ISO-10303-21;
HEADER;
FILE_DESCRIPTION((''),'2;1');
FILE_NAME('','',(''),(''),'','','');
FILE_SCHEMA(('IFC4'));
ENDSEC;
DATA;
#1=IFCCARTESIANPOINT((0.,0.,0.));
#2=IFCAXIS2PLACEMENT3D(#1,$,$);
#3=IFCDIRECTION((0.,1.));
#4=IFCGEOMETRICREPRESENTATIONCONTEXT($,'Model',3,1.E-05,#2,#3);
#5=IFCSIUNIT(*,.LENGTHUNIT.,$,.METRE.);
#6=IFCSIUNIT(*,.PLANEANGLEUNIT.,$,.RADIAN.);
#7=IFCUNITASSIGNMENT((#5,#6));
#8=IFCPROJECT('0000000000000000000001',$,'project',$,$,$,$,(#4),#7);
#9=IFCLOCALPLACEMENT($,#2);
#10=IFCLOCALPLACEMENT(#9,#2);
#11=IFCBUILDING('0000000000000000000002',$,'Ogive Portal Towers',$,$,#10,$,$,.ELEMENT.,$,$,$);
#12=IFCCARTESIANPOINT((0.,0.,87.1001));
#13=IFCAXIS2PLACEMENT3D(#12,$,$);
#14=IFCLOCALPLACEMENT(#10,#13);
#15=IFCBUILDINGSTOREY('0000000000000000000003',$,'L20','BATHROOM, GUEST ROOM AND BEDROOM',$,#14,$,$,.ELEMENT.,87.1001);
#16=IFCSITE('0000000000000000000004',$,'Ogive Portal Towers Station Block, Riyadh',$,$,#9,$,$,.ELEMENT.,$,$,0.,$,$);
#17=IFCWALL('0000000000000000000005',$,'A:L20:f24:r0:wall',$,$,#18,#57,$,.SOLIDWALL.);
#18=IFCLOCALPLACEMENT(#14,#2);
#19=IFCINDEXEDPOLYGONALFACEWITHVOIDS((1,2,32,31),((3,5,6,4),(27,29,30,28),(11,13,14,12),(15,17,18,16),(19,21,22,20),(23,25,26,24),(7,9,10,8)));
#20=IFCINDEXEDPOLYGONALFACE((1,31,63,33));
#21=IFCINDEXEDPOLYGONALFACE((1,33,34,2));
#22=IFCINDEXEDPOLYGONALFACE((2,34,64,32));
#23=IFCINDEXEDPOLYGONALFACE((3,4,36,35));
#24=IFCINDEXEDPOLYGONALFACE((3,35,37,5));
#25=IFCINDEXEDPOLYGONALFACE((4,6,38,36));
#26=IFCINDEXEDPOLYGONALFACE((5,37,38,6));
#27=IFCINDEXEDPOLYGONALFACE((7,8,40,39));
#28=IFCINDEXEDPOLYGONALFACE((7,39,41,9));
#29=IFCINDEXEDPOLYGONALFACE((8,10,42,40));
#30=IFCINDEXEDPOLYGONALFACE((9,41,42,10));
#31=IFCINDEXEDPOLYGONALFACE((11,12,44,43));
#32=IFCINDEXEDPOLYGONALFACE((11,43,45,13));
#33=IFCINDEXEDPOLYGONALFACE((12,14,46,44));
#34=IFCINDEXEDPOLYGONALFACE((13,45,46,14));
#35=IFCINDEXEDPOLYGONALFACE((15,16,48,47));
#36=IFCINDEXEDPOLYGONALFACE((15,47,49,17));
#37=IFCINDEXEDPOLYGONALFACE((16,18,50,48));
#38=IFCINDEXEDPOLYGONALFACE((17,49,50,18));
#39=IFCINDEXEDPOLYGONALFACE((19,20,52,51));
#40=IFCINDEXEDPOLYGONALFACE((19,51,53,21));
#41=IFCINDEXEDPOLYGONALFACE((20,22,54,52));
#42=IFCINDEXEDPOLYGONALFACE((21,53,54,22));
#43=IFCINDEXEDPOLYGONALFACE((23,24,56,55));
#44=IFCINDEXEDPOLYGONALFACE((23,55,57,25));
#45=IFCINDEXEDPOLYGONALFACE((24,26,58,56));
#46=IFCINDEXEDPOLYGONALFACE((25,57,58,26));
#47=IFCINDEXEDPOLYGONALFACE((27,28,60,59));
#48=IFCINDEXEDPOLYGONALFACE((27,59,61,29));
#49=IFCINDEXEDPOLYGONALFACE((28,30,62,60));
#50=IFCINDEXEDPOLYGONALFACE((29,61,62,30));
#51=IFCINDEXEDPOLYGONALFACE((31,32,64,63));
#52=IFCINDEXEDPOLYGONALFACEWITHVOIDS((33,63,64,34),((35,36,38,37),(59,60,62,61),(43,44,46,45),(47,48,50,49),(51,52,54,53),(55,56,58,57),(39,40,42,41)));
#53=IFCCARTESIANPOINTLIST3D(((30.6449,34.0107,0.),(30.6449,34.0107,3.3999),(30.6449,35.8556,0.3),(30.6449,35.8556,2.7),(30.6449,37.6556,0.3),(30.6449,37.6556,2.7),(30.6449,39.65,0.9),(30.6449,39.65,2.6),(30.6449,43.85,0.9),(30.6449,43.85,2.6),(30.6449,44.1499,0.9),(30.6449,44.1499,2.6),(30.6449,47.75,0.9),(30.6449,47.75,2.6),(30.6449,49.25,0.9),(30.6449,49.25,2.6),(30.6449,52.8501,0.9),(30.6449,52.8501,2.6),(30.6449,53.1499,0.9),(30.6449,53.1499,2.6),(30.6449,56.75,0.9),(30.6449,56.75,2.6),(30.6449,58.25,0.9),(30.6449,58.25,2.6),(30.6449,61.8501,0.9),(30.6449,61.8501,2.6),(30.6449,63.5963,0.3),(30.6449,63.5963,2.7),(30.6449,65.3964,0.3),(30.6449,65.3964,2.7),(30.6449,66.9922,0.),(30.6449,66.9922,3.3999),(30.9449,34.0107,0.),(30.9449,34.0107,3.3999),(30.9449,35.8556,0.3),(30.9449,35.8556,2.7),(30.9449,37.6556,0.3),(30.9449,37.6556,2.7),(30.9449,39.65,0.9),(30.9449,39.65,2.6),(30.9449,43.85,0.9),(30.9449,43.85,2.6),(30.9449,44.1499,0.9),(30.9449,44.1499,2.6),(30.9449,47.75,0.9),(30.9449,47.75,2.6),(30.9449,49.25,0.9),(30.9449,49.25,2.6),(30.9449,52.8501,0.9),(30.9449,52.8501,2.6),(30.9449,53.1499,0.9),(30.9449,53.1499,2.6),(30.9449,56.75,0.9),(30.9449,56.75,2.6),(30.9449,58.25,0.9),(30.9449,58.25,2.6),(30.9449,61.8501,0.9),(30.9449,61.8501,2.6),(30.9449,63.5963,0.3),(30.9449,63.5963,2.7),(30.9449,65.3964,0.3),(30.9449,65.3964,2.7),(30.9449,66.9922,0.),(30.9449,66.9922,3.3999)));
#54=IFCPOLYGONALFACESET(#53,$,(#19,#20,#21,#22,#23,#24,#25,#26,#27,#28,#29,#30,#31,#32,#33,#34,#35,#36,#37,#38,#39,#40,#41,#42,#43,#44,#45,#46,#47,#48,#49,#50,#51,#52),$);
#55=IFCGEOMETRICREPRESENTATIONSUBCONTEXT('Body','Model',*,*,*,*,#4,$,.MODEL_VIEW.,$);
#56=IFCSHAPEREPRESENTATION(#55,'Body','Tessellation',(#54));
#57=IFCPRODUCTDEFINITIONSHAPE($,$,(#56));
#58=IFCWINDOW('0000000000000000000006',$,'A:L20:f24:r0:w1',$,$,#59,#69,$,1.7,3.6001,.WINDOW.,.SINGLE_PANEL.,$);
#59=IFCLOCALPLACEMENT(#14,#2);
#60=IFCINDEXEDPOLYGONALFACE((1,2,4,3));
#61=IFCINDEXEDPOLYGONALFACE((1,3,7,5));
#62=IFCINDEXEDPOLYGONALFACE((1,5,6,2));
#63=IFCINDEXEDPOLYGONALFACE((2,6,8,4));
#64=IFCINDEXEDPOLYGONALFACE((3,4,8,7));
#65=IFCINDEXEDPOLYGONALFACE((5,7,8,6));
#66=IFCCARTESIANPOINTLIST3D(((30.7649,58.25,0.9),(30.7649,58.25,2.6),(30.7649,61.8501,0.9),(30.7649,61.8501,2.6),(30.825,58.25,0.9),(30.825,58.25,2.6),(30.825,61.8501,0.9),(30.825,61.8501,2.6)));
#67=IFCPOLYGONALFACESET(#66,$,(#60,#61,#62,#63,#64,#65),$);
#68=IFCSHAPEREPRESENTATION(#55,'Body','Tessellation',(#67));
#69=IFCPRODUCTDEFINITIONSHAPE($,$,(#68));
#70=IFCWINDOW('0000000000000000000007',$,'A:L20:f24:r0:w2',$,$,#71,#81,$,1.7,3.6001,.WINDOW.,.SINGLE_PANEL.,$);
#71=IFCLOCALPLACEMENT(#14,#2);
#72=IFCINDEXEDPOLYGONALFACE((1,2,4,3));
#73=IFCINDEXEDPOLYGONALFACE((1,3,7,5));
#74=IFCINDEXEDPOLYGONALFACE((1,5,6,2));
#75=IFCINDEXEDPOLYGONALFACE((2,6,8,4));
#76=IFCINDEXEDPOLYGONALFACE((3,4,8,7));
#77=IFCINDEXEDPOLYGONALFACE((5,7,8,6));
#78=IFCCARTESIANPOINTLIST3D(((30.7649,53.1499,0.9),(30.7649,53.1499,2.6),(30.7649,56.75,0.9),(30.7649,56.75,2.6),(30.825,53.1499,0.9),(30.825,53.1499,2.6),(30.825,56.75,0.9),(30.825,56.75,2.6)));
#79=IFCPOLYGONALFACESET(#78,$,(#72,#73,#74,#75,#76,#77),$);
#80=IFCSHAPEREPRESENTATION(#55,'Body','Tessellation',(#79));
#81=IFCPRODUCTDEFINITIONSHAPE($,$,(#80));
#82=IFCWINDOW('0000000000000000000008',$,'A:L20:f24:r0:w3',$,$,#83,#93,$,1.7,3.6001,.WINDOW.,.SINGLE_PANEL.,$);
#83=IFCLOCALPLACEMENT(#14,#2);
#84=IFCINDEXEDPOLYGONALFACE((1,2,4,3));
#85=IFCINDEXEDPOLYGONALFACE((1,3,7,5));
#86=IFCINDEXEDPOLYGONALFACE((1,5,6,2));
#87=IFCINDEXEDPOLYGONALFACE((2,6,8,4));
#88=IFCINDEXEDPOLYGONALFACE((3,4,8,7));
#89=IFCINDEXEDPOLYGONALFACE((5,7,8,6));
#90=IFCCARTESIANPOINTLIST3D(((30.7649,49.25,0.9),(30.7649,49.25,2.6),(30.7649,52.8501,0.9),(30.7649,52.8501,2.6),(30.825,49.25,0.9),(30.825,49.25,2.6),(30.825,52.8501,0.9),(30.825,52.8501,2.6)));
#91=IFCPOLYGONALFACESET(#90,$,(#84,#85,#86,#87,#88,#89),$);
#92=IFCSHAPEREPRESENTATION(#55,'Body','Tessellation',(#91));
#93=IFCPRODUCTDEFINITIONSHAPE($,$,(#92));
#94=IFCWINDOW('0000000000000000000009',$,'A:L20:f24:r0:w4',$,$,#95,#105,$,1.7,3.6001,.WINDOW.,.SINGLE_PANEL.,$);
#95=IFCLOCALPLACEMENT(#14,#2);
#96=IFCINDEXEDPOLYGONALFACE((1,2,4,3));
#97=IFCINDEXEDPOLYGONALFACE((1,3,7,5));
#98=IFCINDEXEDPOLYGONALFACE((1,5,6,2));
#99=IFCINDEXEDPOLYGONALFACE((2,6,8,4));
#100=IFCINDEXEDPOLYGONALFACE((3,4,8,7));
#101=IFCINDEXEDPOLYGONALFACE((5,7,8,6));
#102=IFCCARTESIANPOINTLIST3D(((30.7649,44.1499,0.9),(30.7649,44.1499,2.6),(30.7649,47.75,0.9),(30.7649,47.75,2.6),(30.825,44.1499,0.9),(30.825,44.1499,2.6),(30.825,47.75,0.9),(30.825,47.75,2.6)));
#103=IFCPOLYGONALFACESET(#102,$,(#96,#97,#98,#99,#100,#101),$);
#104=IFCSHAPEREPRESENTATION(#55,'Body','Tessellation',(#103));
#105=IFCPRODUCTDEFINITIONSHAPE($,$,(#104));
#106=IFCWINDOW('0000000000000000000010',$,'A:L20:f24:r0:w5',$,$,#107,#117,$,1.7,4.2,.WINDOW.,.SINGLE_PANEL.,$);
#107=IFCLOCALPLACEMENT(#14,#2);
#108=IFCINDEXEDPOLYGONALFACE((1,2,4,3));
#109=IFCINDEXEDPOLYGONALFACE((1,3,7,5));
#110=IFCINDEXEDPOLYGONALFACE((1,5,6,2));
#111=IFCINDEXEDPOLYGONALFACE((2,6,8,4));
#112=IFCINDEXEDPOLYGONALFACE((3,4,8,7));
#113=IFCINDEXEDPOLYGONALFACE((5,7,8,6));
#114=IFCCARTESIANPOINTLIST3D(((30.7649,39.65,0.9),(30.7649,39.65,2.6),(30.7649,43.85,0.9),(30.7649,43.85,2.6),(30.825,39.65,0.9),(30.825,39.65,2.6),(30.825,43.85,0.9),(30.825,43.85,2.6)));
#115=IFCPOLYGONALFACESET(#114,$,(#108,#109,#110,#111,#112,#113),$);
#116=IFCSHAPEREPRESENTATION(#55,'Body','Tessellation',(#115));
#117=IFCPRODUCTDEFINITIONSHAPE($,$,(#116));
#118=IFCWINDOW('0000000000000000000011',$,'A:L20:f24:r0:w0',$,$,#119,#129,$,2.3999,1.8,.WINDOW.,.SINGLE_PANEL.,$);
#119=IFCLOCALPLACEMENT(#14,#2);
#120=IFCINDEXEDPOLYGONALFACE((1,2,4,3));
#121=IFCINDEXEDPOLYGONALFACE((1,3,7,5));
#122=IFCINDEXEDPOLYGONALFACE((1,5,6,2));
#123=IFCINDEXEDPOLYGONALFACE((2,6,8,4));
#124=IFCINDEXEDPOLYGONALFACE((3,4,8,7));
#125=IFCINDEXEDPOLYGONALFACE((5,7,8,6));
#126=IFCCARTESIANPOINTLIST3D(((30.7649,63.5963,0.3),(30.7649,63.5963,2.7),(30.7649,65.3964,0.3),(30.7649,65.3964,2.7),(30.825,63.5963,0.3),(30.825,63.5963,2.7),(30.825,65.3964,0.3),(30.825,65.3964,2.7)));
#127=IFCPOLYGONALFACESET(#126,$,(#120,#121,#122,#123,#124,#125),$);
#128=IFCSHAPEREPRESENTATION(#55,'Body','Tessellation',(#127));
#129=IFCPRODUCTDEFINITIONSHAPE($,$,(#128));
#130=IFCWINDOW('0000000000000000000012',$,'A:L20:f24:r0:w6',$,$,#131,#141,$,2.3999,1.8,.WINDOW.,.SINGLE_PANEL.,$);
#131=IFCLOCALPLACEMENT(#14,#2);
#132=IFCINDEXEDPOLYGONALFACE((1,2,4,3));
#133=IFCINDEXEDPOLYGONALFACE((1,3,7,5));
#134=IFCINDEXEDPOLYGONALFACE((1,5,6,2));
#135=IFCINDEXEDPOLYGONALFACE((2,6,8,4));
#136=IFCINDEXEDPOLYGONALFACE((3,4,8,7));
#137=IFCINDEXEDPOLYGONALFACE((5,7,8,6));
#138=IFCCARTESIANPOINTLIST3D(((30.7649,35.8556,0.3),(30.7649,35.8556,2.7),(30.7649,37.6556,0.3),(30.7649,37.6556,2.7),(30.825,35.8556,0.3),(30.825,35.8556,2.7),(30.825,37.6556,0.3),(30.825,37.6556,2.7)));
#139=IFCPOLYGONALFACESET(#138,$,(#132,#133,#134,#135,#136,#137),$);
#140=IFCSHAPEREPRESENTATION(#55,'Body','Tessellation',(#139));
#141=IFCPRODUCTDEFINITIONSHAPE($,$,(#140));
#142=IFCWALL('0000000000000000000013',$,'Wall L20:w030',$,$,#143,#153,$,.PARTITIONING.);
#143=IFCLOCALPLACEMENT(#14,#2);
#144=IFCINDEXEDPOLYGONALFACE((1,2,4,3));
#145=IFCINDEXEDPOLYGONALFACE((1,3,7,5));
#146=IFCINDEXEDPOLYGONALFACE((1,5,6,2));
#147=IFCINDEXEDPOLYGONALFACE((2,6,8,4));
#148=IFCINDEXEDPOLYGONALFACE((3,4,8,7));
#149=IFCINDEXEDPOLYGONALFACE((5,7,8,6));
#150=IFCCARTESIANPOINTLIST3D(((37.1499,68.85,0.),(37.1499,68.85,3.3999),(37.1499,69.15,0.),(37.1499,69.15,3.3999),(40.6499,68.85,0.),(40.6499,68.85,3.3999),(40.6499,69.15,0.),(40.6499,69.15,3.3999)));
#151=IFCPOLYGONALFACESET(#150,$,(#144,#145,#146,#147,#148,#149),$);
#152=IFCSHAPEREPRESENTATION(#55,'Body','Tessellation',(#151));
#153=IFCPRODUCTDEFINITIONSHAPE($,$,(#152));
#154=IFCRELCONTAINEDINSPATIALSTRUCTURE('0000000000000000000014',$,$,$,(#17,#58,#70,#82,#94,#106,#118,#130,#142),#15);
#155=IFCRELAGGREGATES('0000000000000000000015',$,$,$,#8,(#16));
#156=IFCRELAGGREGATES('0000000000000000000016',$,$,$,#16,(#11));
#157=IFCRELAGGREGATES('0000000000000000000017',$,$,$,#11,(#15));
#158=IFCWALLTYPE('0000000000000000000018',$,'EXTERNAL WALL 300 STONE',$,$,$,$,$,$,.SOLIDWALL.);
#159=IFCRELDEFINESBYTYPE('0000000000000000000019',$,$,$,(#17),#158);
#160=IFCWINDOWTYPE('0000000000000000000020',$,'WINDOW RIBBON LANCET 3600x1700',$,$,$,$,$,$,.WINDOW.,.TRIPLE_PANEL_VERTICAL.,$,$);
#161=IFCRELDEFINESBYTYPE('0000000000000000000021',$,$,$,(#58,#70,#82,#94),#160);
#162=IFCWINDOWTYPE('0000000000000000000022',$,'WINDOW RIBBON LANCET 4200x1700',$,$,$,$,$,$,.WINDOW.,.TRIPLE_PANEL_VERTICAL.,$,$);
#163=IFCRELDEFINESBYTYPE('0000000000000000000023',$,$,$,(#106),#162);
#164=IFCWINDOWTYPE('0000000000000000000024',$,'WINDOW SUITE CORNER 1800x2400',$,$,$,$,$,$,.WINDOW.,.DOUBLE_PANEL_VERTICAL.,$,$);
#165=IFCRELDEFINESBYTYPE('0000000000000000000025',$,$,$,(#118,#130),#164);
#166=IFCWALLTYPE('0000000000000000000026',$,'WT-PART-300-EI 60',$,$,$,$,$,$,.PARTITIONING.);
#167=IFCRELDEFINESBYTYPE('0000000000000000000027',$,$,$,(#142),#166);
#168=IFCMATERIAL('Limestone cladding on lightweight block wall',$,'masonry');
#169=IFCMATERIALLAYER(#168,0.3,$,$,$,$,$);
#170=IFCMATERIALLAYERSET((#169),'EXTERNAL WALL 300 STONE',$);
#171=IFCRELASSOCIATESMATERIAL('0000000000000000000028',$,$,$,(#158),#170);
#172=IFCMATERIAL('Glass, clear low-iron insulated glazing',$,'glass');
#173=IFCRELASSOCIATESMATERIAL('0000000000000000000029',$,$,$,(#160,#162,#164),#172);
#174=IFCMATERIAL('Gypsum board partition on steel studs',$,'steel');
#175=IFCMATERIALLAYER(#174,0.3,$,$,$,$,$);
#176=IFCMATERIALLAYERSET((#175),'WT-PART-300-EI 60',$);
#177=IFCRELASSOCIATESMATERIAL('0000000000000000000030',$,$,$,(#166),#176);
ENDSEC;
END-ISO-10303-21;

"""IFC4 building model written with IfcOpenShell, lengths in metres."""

from ifc_helpers import new_model, si_unit, direction, frame, frame_2d, origin, place, context, subcontext, project, spatial, rectangle, extrude, material, layer, layer_set, type_object, element, fill, save


model = new_model("IFC4")

# Units and contexts
model_context = context("Model", 3, precision=1e-05, world=origin(), true_north=direction((0.0, 1.0)))
body_context = subcontext(model_context, "Body", "Model", "MODEL_VIEW")
ifc_project = project(units=[si_unit("LENGTHUNIT", "METRE"), si_unit("PLANEANGLEUNIT", "RADIAN")], contexts=[model_context])

# Site, building, storey
site_placement = place(None, origin())
site = spatial("IfcSite", under=ifc_project, at=site_placement, Name="Ogive Portal Towers Station Block, Riyadh", CompositionType="ELEMENT", RefElevation=0.0)
building_placement = place(site_placement, origin())
building = spatial("IfcBuilding", under=site, at=building_placement, Name="Ogive Portal Towers", CompositionType="ELEMENT")
storey_placement = place(building_placement, frame((0.0, 0.0, 87.1001)))
storey = spatial("IfcBuildingStorey", under=building, at=storey_placement, Name="L20", Description="BATHROOM, GUEST ROOM AND BEDROOM", CompositionType="ELEMENT", Elevation=87.1001)

# Shared definitions
ifc_material_1 = material(Name="Glass, clear low-iron insulated glazing", Category="glass")

# Wall, openings, windows
ifc_material_2 = material(Name="Limestone cladding on lightweight block wall", Category="masonry")
ifc_layer_1 = layer(ifc_material_2, 0.3)
ifc_layer_set_1 = layer_set([ifc_layer_1], Name="EXTERNAL WALL 300 STONE")
wall_type_1 = type_object("IfcWallType", Name="EXTERNAL WALL 300 STONE", PredefinedType="SOLIDWALL", material=ifc_layer_set_1)
wall_1_placement = place(storey_placement, frame((30.7949, 66.9922, 0.0), z_axis=(0.0, 0.0, 1.0), x_axis=(0.0, -1.0, 0.0)))
wall_1 = element("IfcWall", 1, at=wall_1_placement, inside=storey, type_object=wall_type_1, Name="A:L20:f24:r0:wall", PredefinedType="SOLIDWALL", context=body_context, shape_type="SweptSolid", body=[
    extrude(rectangle(XDim=32.9814, YDim=0.3, at=frame_2d((16.4907, 0.0))), origin(), (0.0, 0.0, 1.0), 3.3999),
])
opening_1_placement = place(wall_1_placement, frame((1.5959, 0.0, 0.3)))
opening_1 = element("IfcOpeningElement", 2, at=opening_1_placement, cuts=wall_1, PredefinedType="OPENING", context=body_context, shape_type="SweptSolid", body=[
    extrude(rectangle(XDim=1.8, YDim=2.3999, at=frame_2d((0.8999, 1.2))), frame((0.0, 0.1602, 0.0), z_axis=(0.0, -1.0, 0.0), x_axis=(1.0, 0.0, 0.0)), (0.0, 0.0, 1.0), 0.3201),
])
opening_2_placement = place(wall_1_placement, frame((5.1421, 0.0, 0.8999)))
opening_2 = element("IfcOpeningElement", 3, at=opening_2_placement, cuts=wall_1, PredefinedType="OPENING", context=body_context, shape_type="SweptSolid", body=[
    extrude(rectangle(XDim=3.6001, YDim=1.7, at=frame_2d((1.8, 0.8501))), frame((0.0, 0.1602, 0.0), z_axis=(0.0, -1.0, 0.0), x_axis=(1.0, 0.0, 0.0)), (0.0, 0.0, 1.0), 0.3201),
])
opening_3_placement = place(wall_1_placement, frame((10.2422, 0.0, 0.8999)))
opening_3 = element("IfcOpeningElement", 4, at=opening_3_placement, cuts=wall_1, PredefinedType="OPENING", context=body_context, shape_type="SweptSolid", body=[
    extrude(rectangle(XDim=3.6001, YDim=1.7, at=frame_2d((1.8, 0.8501))), frame((0.0, 0.1602, 0.0), z_axis=(0.0, -1.0, 0.0), x_axis=(1.0, 0.0, 0.0)), (0.0, 0.0, 1.0), 0.3201),
])
opening_4_placement = place(wall_1_placement, frame((14.1421, 0.0, 0.8999)))
opening_4 = element("IfcOpeningElement", 5, at=opening_4_placement, cuts=wall_1, PredefinedType="OPENING", context=body_context, shape_type="SweptSolid", body=[
    extrude(rectangle(XDim=3.6001, YDim=1.7, at=frame_2d((1.8, 0.8501))), frame((0.0, 0.1602, 0.0), z_axis=(0.0, -1.0, 0.0), x_axis=(1.0, 0.0, 0.0)), (0.0, 0.0, 1.0), 0.3201),
])
opening_5_placement = place(wall_1_placement, frame((19.2422, 0.0, 0.8999)))
opening_5 = element("IfcOpeningElement", 6, at=opening_5_placement, cuts=wall_1, PredefinedType="OPENING", context=body_context, shape_type="SweptSolid", body=[
    extrude(rectangle(XDim=3.6001, YDim=1.7, at=frame_2d((1.8, 0.8501))), frame((0.0, 0.1602, 0.0), z_axis=(0.0, -1.0, 0.0), x_axis=(1.0, 0.0, 0.0)), (0.0, 0.0, 1.0), 0.3201),
])
opening_6_placement = place(wall_1_placement, frame((23.1421, 0.0, 0.8999)))
opening_6 = element("IfcOpeningElement", 7, at=opening_6_placement, cuts=wall_1, PredefinedType="OPENING", context=body_context, shape_type="SweptSolid", body=[
    extrude(rectangle(XDim=4.2, YDim=1.7, at=frame_2d((2.1001, 0.8501))), frame((0.0, 0.1602, 0.0), z_axis=(0.0, -1.0, 0.0), x_axis=(1.0, 0.0, 0.0)), (0.0, 0.0, 1.0), 0.3201),
])
opening_7_placement = place(wall_1_placement, frame((29.3367, 0.0, 0.3)))
opening_7 = element("IfcOpeningElement", 8, at=opening_7_placement, cuts=wall_1, PredefinedType="OPENING", context=body_context, shape_type="SweptSolid", body=[
    extrude(rectangle(XDim=1.8, YDim=2.3999, at=frame_2d((0.8999, 1.2))), frame((0.0, 0.1602, 0.0), z_axis=(0.0, -1.0, 0.0), x_axis=(1.0, 0.0, 0.0)), (0.0, 0.0, 1.0), 0.3201),
])
window_type_1 = type_object("IfcWindowType", Name="WINDOW RIBBON LANCET 3600x1700", PartitioningType="TRIPLE_PANEL_VERTICAL", PredefinedType="WINDOW", material=ifc_material_1)
window_1_placement = place(opening_2_placement, origin())
window_1 = element("IfcWindow", 9, at=window_1_placement, inside=storey, type_object=window_type_1, Name="A:L20:f24:r0:w1", OverallHeight=1.7, OverallWidth=3.6001, PartitioningType="SINGLE_PANEL", PredefinedType="WINDOW", context=body_context, shape_type="SweptSolid", body=[
    extrude(rectangle(XDim=3.6001, YDim=1.7, at=frame_2d((1.8, 0.8501))), frame((0.0, 0.03, 0.0), z_axis=(0.0, -1.0, 0.0), x_axis=(1.0, 0.0, 0.0)), (0.0, 0.0, 1.0), 0.0601),
])
fill(opening_2, window_1)
window_2_placement = place(opening_3_placement, origin())
window_2 = element("IfcWindow", 10, at=window_2_placement, inside=storey, type_object=window_type_1, Name="A:L20:f24:r0:w2", OverallHeight=1.7, OverallWidth=3.6001, PartitioningType="SINGLE_PANEL", PredefinedType="WINDOW", context=body_context, shape_type="SweptSolid", body=[
    extrude(rectangle(XDim=3.6001, YDim=1.7, at=frame_2d((1.8, 0.8501))), frame((0.0, 0.03, 0.0), z_axis=(0.0, -1.0, 0.0), x_axis=(1.0, 0.0, 0.0)), (0.0, 0.0, 1.0), 0.0601),
])
fill(opening_3, window_2)
window_3_placement = place(opening_4_placement, origin())
window_3 = element("IfcWindow", 11, at=window_3_placement, inside=storey, type_object=window_type_1, Name="A:L20:f24:r0:w3", OverallHeight=1.7, OverallWidth=3.6001, PartitioningType="SINGLE_PANEL", PredefinedType="WINDOW", context=body_context, shape_type="SweptSolid", body=[
    extrude(rectangle(XDim=3.6001, YDim=1.7, at=frame_2d((1.8, 0.8501))), frame((0.0, 0.03, 0.0), z_axis=(0.0, -1.0, 0.0), x_axis=(1.0, 0.0, 0.0)), (0.0, 0.0, 1.0), 0.0601),
])
fill(opening_4, window_3)
window_4_placement = place(opening_5_placement, origin())
window_4 = element("IfcWindow", 12, at=window_4_placement, inside=storey, type_object=window_type_1, Name="A:L20:f24:r0:w4", OverallHeight=1.7, OverallWidth=3.6001, PartitioningType="SINGLE_PANEL", PredefinedType="WINDOW", context=body_context, shape_type="SweptSolid", body=[
    extrude(rectangle(XDim=3.6001, YDim=1.7, at=frame_2d((1.8, 0.8501))), frame((0.0, 0.03, 0.0), z_axis=(0.0, -1.0, 0.0), x_axis=(1.0, 0.0, 0.0)), (0.0, 0.0, 1.0), 0.0601),
])
fill(opening_5, window_4)
window_type_2 = type_object("IfcWindowType", Name="WINDOW RIBBON LANCET 4200x1700", PartitioningType="TRIPLE_PANEL_VERTICAL", PredefinedType="WINDOW", material=ifc_material_1)
window_5_placement = place(opening_6_placement, origin())
window_5 = element("IfcWindow", 13, at=window_5_placement, inside=storey, type_object=window_type_2, Name="A:L20:f24:r0:w5", OverallHeight=1.7, OverallWidth=4.2, PartitioningType="SINGLE_PANEL", PredefinedType="WINDOW", context=body_context, shape_type="SweptSolid", body=[
    extrude(rectangle(XDim=4.2, YDim=1.7, at=frame_2d((2.1001, 0.8501))), frame((0.0, 0.03, 0.0), z_axis=(0.0, -1.0, 0.0), x_axis=(1.0, 0.0, 0.0)), (0.0, 0.0, 1.0), 0.0601),
])
fill(opening_6, window_5)
window_type_3 = type_object("IfcWindowType", Name="WINDOW SUITE CORNER 1800x2400", PartitioningType="DOUBLE_PANEL_VERTICAL", PredefinedType="WINDOW", material=ifc_material_1)
window_6_placement = place(opening_1_placement, origin())
window_6 = element("IfcWindow", 14, at=window_6_placement, inside=storey, type_object=window_type_3, Name="A:L20:f24:r0:w0", OverallHeight=2.3999, OverallWidth=1.8, PartitioningType="SINGLE_PANEL", PredefinedType="WINDOW", context=body_context, shape_type="SweptSolid", body=[
    extrude(rectangle(XDim=1.8, YDim=2.3999, at=frame_2d((0.8999, 1.2))), frame((0.0, 0.03, 0.0), z_axis=(0.0, -1.0, 0.0), x_axis=(1.0, 0.0, 0.0)), (0.0, 0.0, 1.0), 0.0601),
])
fill(opening_1, window_6)
window_7_placement = place(opening_7_placement, origin())
window_7 = element("IfcWindow", 15, at=window_7_placement, inside=storey, type_object=window_type_3, Name="A:L20:f24:r0:w6", OverallHeight=2.3999, OverallWidth=1.8, PartitioningType="SINGLE_PANEL", PredefinedType="WINDOW", context=body_context, shape_type="SweptSolid", body=[
    extrude(rectangle(XDim=1.8, YDim=2.3999, at=frame_2d((0.8999, 1.2))), frame((0.0, 0.03, 0.0), z_axis=(0.0, -1.0, 0.0), x_axis=(1.0, 0.0, 0.0)), (0.0, 0.0, 1.0), 0.0601),
])
fill(opening_7, window_7)

# Wall
ifc_material_3 = material(Name="Gypsum board partition on steel studs", Category="steel")
ifc_layer_2 = layer(ifc_material_3, 0.3)
ifc_layer_set_2 = layer_set([ifc_layer_2], Name="WT-PART-300-EI 60")
wall_type_2 = type_object("IfcWallType", Name="WT-PART-300-EI 60", PredefinedType="PARTITIONING", material=ifc_layer_set_2)
wall_2_placement = place(storey_placement, frame((37.1499, 69.0, 0.0), z_axis=(0.0, 0.0, 1.0), x_axis=(1.0, 0.0, 0.0)))
element("IfcWall", 16, at=wall_2_placement, inside=storey, type_object=wall_type_2, Name="Wall L20:w030", PredefinedType="PARTITIONING", context=body_context, shape_type="SweptSolid", body=[
    extrude(rectangle(XDim=3.5, YDim=0.3, at=frame_2d((1.75, 0.0))), origin(), (0.0, 0.0, 1.0), 3.3999),
])

save(model, "model.ifc")
